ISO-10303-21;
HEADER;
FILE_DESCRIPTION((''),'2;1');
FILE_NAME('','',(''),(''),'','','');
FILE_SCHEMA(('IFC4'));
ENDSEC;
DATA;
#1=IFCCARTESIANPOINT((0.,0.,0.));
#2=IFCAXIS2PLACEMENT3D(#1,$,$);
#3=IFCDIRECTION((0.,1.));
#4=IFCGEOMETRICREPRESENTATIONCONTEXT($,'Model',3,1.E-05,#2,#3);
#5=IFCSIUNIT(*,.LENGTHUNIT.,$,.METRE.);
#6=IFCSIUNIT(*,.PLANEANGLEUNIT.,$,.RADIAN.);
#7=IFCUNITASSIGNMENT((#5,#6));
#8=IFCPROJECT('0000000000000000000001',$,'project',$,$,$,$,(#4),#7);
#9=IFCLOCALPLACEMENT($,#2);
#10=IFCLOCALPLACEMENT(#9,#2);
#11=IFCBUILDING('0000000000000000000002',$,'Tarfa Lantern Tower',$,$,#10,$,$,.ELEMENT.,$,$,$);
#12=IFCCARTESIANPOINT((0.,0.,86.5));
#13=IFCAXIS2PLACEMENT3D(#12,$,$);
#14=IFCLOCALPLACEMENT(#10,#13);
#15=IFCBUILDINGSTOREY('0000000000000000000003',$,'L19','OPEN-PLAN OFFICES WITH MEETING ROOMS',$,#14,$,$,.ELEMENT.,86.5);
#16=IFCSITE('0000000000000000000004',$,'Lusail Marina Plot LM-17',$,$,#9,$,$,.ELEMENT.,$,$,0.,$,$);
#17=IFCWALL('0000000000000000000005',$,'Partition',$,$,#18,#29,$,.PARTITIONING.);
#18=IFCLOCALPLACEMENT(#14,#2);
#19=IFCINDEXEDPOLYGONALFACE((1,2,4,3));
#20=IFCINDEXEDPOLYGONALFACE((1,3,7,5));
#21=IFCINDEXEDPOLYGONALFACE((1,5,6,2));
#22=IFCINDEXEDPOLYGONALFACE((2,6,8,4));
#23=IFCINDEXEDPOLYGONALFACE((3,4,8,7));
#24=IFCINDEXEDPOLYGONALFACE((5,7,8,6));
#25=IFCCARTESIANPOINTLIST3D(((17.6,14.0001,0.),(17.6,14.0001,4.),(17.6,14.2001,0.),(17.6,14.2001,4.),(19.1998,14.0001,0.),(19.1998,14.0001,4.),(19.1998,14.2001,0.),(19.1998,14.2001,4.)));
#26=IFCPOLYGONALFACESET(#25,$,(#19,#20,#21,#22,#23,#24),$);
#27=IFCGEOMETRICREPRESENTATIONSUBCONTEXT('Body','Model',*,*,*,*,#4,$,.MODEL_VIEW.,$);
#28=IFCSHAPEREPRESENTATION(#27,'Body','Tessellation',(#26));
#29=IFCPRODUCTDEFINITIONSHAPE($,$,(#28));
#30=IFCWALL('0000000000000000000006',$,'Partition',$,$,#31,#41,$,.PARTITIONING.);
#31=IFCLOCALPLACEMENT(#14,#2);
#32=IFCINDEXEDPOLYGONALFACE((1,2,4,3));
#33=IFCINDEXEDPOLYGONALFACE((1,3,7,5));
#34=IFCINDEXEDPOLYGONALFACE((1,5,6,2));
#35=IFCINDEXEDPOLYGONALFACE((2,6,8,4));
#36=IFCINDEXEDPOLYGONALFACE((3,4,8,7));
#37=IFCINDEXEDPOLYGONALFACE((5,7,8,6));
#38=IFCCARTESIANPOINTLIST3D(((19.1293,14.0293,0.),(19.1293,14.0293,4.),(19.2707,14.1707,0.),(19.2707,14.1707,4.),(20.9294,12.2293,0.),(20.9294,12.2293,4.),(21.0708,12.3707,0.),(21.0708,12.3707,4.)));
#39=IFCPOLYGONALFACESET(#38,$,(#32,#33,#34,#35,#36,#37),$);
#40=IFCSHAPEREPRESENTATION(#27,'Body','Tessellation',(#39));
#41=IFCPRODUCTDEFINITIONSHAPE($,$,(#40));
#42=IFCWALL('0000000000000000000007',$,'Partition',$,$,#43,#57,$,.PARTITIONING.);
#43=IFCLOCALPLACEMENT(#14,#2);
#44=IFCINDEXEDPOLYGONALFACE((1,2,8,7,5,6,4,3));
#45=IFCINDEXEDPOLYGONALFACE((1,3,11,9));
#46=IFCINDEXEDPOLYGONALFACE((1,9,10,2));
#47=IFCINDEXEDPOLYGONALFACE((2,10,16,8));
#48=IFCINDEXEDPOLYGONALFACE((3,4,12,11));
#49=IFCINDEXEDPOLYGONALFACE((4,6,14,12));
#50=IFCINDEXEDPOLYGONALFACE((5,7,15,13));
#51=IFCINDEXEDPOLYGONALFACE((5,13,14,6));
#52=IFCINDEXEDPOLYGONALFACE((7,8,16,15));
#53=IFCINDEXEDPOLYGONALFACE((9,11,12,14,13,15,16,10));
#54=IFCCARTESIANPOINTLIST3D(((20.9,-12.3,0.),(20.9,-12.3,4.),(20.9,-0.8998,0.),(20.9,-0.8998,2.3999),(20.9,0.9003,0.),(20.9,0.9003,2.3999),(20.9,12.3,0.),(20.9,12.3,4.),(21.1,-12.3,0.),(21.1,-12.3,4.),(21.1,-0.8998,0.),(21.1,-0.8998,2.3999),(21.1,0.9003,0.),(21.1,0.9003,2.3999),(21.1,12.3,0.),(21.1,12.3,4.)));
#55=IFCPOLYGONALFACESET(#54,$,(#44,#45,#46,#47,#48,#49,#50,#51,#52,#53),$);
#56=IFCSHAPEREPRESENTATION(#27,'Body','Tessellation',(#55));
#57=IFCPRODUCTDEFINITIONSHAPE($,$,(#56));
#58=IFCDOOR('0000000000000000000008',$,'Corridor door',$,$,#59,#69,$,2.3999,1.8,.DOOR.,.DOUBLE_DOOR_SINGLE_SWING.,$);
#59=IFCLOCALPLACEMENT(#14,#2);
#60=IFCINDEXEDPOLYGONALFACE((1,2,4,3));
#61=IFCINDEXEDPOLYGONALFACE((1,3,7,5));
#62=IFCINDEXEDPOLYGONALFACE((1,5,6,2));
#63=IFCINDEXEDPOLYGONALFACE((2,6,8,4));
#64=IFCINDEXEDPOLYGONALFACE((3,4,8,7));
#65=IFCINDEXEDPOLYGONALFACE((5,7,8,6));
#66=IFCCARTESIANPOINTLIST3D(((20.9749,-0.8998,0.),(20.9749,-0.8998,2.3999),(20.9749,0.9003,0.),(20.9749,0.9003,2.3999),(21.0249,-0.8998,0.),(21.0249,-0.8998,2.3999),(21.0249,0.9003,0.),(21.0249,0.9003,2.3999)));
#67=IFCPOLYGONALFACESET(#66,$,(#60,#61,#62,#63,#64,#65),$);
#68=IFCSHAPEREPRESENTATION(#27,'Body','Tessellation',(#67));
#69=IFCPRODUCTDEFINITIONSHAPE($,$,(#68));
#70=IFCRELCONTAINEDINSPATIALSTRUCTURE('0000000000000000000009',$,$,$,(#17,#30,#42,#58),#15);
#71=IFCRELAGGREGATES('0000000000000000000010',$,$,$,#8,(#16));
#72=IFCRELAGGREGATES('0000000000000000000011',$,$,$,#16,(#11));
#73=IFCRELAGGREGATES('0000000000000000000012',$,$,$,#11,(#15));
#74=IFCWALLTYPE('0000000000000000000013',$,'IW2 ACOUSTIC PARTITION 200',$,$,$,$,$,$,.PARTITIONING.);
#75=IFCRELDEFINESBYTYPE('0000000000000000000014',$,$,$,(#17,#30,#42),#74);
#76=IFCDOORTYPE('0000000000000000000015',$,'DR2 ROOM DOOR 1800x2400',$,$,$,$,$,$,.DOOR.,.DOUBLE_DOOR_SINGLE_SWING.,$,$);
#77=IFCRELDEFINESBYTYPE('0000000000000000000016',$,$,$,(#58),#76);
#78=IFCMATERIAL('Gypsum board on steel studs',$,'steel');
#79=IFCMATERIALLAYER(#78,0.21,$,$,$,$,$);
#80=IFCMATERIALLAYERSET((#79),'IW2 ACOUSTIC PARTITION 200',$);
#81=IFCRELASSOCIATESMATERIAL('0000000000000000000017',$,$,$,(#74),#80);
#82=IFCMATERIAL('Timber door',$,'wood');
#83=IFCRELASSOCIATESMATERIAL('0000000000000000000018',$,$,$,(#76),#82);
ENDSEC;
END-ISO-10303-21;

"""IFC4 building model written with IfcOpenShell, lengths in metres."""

from ifc_helpers import new_model, si_unit, direction, frame, frame_2d, origin, place, context, subcontext, project, spatial, rectangle, extrude, material, layer, layer_set, type_object, element, fill, save


model = new_model("IFC4")

# Units and contexts
model_context = context("Model", 3, precision=1e-05, world=origin(), true_north=direction((0.0, 1.0)))
body_context = subcontext(model_context, "Body", "Model", "MODEL_VIEW")
ifc_project = project(units=[si_unit("LENGTHUNIT", "METRE"), si_unit("PLANEANGLEUNIT", "RADIAN")], contexts=[model_context])

# Site, building, storey
site_placement = place(None, origin())
site = spatial("IfcSite", under=ifc_project, at=site_placement, Name="Lusail Marina Plot LM-17", CompositionType="ELEMENT", RefElevation=0.0)
building_placement = place(site_placement, origin())
building = spatial("IfcBuilding", under=site, at=building_placement, Name="Tarfa Lantern Tower", CompositionType="ELEMENT")
storey_placement = place(building_placement, frame((0.0, 0.0, 86.5)))
storey = spatial("IfcBuildingStorey", under=building, at=storey_placement, Name="L19", Description="OPEN-PLAN OFFICES WITH MEETING ROOMS", CompositionType="ELEMENT", Elevation=86.5)

# Walls
ifc_material_1 = material(Name="Gypsum board on steel studs", Category="steel")
ifc_layer_1 = layer(ifc_material_1, 0.21)
ifc_layer_set_1 = layer_set([ifc_layer_1], Name="IW2 ACOUSTIC PARTITION 200")
wall_type_1 = type_object("IfcWallType", Name="IW2 ACOUSTIC PARTITION 200", PredefinedType="PARTITIONING", material=ifc_layer_set_1)
wall_1_placement = place(storey_placement, frame((17.6001, 14.1001, 0.0), z_axis=(0.0, 0.0, 1.0), x_axis=(1.0, 0.0, 0.0)))
element("IfcWall", 1, at=wall_1_placement, inside=storey, type_object=wall_type_1, Name="Partition", PredefinedType="PARTITIONING", context=body_context, shape_type="SweptSolid", body=[
    extrude(rectangle(XDim=1.5999, YDim=0.2, at=frame_2d((0.7998, 0.0))), origin(), (0.0, 0.0, 1.0), 4.0),
])
wall_2_placement = place(storey_placement, frame((19.2, 14.1001, 0.0), z_axis=(0.0, 0.0, 1.0), x_axis=(0.707107, -0.707107, 0.0)))
element("IfcWall", 2, at=wall_2_placement, inside=storey, type_object=wall_type_1, Name="Partition", PredefinedType="PARTITIONING", context=body_context, shape_type="SweptSolid", body=[
    extrude(rectangle(XDim=2.5457, YDim=0.2, at=frame_2d((1.2729, 0.0))), origin(), (0.0, 0.0, 1.0), 4.0),
])

# Wall, opening, door
wall_3_placement = place(storey_placement, frame((21.0, 12.3, 0.0), z_axis=(0.0, 0.0, 1.0), x_axis=(0.0, -1.0, 0.0)))
wall_3 = element("IfcWall", 3, at=wall_3_placement, inside=storey, type_object=wall_type_1, Name="Partition", PredefinedType="PARTITIONING", context=body_context, shape_type="SweptSolid", body=[
    extrude(rectangle(XDim=24.6001, YDim=0.2, at=frame_2d((12.3, 0.0))), origin(), (0.0, 0.0, 1.0), 4.0),
])
opening_1_placement = place(wall_3_placement, frame((11.3999, 0.0, 0.0)))
opening_1 = element("IfcOpeningElement", 4, at=opening_1_placement, cuts=wall_3, PredefinedType="OPENING", context=body_context, shape_type="SweptSolid", body=[
    extrude(rectangle(XDim=1.8, YDim=2.3999, at=frame_2d((0.8999, 1.2))), frame((0.0, 0.1099, 0.0), z_axis=(0.0, -1.0, 0.0), x_axis=(1.0, 0.0, 0.0)), (0.0, 0.0, 1.0), 0.22),
])
ifc_material_2 = material(Name="Timber door", Category="wood")
door_type_1 = type_object("IfcDoorType", Name="DR2 ROOM DOOR 1800x2400", OperationType="DOUBLE_DOOR_SINGLE_SWING", PredefinedType="DOOR", material=ifc_material_2)
door_1_placement = place(opening_1_placement, origin())
door_1 = element("IfcDoor", 5, at=door_1_placement, inside=storey, type_object=door_type_1, Name="Corridor door", OperationType="DOUBLE_DOOR_SINGLE_SWING", OverallHeight=2.3999, OverallWidth=1.8, PredefinedType="DOOR", context=body_context, shape_type="SweptSolid", body=[
    extrude(rectangle(XDim=1.8, YDim=2.3999, at=frame_2d((0.8999, 1.2))), frame((0.0, 0.0249, 0.0), z_axis=(0.0, -1.0, 0.0), x_axis=(1.0, 0.0, 0.0)), (0.0, 0.0, 1.0), 0.05),
])
fill(opening_1, door_1)

save(model, "model.ifc")
